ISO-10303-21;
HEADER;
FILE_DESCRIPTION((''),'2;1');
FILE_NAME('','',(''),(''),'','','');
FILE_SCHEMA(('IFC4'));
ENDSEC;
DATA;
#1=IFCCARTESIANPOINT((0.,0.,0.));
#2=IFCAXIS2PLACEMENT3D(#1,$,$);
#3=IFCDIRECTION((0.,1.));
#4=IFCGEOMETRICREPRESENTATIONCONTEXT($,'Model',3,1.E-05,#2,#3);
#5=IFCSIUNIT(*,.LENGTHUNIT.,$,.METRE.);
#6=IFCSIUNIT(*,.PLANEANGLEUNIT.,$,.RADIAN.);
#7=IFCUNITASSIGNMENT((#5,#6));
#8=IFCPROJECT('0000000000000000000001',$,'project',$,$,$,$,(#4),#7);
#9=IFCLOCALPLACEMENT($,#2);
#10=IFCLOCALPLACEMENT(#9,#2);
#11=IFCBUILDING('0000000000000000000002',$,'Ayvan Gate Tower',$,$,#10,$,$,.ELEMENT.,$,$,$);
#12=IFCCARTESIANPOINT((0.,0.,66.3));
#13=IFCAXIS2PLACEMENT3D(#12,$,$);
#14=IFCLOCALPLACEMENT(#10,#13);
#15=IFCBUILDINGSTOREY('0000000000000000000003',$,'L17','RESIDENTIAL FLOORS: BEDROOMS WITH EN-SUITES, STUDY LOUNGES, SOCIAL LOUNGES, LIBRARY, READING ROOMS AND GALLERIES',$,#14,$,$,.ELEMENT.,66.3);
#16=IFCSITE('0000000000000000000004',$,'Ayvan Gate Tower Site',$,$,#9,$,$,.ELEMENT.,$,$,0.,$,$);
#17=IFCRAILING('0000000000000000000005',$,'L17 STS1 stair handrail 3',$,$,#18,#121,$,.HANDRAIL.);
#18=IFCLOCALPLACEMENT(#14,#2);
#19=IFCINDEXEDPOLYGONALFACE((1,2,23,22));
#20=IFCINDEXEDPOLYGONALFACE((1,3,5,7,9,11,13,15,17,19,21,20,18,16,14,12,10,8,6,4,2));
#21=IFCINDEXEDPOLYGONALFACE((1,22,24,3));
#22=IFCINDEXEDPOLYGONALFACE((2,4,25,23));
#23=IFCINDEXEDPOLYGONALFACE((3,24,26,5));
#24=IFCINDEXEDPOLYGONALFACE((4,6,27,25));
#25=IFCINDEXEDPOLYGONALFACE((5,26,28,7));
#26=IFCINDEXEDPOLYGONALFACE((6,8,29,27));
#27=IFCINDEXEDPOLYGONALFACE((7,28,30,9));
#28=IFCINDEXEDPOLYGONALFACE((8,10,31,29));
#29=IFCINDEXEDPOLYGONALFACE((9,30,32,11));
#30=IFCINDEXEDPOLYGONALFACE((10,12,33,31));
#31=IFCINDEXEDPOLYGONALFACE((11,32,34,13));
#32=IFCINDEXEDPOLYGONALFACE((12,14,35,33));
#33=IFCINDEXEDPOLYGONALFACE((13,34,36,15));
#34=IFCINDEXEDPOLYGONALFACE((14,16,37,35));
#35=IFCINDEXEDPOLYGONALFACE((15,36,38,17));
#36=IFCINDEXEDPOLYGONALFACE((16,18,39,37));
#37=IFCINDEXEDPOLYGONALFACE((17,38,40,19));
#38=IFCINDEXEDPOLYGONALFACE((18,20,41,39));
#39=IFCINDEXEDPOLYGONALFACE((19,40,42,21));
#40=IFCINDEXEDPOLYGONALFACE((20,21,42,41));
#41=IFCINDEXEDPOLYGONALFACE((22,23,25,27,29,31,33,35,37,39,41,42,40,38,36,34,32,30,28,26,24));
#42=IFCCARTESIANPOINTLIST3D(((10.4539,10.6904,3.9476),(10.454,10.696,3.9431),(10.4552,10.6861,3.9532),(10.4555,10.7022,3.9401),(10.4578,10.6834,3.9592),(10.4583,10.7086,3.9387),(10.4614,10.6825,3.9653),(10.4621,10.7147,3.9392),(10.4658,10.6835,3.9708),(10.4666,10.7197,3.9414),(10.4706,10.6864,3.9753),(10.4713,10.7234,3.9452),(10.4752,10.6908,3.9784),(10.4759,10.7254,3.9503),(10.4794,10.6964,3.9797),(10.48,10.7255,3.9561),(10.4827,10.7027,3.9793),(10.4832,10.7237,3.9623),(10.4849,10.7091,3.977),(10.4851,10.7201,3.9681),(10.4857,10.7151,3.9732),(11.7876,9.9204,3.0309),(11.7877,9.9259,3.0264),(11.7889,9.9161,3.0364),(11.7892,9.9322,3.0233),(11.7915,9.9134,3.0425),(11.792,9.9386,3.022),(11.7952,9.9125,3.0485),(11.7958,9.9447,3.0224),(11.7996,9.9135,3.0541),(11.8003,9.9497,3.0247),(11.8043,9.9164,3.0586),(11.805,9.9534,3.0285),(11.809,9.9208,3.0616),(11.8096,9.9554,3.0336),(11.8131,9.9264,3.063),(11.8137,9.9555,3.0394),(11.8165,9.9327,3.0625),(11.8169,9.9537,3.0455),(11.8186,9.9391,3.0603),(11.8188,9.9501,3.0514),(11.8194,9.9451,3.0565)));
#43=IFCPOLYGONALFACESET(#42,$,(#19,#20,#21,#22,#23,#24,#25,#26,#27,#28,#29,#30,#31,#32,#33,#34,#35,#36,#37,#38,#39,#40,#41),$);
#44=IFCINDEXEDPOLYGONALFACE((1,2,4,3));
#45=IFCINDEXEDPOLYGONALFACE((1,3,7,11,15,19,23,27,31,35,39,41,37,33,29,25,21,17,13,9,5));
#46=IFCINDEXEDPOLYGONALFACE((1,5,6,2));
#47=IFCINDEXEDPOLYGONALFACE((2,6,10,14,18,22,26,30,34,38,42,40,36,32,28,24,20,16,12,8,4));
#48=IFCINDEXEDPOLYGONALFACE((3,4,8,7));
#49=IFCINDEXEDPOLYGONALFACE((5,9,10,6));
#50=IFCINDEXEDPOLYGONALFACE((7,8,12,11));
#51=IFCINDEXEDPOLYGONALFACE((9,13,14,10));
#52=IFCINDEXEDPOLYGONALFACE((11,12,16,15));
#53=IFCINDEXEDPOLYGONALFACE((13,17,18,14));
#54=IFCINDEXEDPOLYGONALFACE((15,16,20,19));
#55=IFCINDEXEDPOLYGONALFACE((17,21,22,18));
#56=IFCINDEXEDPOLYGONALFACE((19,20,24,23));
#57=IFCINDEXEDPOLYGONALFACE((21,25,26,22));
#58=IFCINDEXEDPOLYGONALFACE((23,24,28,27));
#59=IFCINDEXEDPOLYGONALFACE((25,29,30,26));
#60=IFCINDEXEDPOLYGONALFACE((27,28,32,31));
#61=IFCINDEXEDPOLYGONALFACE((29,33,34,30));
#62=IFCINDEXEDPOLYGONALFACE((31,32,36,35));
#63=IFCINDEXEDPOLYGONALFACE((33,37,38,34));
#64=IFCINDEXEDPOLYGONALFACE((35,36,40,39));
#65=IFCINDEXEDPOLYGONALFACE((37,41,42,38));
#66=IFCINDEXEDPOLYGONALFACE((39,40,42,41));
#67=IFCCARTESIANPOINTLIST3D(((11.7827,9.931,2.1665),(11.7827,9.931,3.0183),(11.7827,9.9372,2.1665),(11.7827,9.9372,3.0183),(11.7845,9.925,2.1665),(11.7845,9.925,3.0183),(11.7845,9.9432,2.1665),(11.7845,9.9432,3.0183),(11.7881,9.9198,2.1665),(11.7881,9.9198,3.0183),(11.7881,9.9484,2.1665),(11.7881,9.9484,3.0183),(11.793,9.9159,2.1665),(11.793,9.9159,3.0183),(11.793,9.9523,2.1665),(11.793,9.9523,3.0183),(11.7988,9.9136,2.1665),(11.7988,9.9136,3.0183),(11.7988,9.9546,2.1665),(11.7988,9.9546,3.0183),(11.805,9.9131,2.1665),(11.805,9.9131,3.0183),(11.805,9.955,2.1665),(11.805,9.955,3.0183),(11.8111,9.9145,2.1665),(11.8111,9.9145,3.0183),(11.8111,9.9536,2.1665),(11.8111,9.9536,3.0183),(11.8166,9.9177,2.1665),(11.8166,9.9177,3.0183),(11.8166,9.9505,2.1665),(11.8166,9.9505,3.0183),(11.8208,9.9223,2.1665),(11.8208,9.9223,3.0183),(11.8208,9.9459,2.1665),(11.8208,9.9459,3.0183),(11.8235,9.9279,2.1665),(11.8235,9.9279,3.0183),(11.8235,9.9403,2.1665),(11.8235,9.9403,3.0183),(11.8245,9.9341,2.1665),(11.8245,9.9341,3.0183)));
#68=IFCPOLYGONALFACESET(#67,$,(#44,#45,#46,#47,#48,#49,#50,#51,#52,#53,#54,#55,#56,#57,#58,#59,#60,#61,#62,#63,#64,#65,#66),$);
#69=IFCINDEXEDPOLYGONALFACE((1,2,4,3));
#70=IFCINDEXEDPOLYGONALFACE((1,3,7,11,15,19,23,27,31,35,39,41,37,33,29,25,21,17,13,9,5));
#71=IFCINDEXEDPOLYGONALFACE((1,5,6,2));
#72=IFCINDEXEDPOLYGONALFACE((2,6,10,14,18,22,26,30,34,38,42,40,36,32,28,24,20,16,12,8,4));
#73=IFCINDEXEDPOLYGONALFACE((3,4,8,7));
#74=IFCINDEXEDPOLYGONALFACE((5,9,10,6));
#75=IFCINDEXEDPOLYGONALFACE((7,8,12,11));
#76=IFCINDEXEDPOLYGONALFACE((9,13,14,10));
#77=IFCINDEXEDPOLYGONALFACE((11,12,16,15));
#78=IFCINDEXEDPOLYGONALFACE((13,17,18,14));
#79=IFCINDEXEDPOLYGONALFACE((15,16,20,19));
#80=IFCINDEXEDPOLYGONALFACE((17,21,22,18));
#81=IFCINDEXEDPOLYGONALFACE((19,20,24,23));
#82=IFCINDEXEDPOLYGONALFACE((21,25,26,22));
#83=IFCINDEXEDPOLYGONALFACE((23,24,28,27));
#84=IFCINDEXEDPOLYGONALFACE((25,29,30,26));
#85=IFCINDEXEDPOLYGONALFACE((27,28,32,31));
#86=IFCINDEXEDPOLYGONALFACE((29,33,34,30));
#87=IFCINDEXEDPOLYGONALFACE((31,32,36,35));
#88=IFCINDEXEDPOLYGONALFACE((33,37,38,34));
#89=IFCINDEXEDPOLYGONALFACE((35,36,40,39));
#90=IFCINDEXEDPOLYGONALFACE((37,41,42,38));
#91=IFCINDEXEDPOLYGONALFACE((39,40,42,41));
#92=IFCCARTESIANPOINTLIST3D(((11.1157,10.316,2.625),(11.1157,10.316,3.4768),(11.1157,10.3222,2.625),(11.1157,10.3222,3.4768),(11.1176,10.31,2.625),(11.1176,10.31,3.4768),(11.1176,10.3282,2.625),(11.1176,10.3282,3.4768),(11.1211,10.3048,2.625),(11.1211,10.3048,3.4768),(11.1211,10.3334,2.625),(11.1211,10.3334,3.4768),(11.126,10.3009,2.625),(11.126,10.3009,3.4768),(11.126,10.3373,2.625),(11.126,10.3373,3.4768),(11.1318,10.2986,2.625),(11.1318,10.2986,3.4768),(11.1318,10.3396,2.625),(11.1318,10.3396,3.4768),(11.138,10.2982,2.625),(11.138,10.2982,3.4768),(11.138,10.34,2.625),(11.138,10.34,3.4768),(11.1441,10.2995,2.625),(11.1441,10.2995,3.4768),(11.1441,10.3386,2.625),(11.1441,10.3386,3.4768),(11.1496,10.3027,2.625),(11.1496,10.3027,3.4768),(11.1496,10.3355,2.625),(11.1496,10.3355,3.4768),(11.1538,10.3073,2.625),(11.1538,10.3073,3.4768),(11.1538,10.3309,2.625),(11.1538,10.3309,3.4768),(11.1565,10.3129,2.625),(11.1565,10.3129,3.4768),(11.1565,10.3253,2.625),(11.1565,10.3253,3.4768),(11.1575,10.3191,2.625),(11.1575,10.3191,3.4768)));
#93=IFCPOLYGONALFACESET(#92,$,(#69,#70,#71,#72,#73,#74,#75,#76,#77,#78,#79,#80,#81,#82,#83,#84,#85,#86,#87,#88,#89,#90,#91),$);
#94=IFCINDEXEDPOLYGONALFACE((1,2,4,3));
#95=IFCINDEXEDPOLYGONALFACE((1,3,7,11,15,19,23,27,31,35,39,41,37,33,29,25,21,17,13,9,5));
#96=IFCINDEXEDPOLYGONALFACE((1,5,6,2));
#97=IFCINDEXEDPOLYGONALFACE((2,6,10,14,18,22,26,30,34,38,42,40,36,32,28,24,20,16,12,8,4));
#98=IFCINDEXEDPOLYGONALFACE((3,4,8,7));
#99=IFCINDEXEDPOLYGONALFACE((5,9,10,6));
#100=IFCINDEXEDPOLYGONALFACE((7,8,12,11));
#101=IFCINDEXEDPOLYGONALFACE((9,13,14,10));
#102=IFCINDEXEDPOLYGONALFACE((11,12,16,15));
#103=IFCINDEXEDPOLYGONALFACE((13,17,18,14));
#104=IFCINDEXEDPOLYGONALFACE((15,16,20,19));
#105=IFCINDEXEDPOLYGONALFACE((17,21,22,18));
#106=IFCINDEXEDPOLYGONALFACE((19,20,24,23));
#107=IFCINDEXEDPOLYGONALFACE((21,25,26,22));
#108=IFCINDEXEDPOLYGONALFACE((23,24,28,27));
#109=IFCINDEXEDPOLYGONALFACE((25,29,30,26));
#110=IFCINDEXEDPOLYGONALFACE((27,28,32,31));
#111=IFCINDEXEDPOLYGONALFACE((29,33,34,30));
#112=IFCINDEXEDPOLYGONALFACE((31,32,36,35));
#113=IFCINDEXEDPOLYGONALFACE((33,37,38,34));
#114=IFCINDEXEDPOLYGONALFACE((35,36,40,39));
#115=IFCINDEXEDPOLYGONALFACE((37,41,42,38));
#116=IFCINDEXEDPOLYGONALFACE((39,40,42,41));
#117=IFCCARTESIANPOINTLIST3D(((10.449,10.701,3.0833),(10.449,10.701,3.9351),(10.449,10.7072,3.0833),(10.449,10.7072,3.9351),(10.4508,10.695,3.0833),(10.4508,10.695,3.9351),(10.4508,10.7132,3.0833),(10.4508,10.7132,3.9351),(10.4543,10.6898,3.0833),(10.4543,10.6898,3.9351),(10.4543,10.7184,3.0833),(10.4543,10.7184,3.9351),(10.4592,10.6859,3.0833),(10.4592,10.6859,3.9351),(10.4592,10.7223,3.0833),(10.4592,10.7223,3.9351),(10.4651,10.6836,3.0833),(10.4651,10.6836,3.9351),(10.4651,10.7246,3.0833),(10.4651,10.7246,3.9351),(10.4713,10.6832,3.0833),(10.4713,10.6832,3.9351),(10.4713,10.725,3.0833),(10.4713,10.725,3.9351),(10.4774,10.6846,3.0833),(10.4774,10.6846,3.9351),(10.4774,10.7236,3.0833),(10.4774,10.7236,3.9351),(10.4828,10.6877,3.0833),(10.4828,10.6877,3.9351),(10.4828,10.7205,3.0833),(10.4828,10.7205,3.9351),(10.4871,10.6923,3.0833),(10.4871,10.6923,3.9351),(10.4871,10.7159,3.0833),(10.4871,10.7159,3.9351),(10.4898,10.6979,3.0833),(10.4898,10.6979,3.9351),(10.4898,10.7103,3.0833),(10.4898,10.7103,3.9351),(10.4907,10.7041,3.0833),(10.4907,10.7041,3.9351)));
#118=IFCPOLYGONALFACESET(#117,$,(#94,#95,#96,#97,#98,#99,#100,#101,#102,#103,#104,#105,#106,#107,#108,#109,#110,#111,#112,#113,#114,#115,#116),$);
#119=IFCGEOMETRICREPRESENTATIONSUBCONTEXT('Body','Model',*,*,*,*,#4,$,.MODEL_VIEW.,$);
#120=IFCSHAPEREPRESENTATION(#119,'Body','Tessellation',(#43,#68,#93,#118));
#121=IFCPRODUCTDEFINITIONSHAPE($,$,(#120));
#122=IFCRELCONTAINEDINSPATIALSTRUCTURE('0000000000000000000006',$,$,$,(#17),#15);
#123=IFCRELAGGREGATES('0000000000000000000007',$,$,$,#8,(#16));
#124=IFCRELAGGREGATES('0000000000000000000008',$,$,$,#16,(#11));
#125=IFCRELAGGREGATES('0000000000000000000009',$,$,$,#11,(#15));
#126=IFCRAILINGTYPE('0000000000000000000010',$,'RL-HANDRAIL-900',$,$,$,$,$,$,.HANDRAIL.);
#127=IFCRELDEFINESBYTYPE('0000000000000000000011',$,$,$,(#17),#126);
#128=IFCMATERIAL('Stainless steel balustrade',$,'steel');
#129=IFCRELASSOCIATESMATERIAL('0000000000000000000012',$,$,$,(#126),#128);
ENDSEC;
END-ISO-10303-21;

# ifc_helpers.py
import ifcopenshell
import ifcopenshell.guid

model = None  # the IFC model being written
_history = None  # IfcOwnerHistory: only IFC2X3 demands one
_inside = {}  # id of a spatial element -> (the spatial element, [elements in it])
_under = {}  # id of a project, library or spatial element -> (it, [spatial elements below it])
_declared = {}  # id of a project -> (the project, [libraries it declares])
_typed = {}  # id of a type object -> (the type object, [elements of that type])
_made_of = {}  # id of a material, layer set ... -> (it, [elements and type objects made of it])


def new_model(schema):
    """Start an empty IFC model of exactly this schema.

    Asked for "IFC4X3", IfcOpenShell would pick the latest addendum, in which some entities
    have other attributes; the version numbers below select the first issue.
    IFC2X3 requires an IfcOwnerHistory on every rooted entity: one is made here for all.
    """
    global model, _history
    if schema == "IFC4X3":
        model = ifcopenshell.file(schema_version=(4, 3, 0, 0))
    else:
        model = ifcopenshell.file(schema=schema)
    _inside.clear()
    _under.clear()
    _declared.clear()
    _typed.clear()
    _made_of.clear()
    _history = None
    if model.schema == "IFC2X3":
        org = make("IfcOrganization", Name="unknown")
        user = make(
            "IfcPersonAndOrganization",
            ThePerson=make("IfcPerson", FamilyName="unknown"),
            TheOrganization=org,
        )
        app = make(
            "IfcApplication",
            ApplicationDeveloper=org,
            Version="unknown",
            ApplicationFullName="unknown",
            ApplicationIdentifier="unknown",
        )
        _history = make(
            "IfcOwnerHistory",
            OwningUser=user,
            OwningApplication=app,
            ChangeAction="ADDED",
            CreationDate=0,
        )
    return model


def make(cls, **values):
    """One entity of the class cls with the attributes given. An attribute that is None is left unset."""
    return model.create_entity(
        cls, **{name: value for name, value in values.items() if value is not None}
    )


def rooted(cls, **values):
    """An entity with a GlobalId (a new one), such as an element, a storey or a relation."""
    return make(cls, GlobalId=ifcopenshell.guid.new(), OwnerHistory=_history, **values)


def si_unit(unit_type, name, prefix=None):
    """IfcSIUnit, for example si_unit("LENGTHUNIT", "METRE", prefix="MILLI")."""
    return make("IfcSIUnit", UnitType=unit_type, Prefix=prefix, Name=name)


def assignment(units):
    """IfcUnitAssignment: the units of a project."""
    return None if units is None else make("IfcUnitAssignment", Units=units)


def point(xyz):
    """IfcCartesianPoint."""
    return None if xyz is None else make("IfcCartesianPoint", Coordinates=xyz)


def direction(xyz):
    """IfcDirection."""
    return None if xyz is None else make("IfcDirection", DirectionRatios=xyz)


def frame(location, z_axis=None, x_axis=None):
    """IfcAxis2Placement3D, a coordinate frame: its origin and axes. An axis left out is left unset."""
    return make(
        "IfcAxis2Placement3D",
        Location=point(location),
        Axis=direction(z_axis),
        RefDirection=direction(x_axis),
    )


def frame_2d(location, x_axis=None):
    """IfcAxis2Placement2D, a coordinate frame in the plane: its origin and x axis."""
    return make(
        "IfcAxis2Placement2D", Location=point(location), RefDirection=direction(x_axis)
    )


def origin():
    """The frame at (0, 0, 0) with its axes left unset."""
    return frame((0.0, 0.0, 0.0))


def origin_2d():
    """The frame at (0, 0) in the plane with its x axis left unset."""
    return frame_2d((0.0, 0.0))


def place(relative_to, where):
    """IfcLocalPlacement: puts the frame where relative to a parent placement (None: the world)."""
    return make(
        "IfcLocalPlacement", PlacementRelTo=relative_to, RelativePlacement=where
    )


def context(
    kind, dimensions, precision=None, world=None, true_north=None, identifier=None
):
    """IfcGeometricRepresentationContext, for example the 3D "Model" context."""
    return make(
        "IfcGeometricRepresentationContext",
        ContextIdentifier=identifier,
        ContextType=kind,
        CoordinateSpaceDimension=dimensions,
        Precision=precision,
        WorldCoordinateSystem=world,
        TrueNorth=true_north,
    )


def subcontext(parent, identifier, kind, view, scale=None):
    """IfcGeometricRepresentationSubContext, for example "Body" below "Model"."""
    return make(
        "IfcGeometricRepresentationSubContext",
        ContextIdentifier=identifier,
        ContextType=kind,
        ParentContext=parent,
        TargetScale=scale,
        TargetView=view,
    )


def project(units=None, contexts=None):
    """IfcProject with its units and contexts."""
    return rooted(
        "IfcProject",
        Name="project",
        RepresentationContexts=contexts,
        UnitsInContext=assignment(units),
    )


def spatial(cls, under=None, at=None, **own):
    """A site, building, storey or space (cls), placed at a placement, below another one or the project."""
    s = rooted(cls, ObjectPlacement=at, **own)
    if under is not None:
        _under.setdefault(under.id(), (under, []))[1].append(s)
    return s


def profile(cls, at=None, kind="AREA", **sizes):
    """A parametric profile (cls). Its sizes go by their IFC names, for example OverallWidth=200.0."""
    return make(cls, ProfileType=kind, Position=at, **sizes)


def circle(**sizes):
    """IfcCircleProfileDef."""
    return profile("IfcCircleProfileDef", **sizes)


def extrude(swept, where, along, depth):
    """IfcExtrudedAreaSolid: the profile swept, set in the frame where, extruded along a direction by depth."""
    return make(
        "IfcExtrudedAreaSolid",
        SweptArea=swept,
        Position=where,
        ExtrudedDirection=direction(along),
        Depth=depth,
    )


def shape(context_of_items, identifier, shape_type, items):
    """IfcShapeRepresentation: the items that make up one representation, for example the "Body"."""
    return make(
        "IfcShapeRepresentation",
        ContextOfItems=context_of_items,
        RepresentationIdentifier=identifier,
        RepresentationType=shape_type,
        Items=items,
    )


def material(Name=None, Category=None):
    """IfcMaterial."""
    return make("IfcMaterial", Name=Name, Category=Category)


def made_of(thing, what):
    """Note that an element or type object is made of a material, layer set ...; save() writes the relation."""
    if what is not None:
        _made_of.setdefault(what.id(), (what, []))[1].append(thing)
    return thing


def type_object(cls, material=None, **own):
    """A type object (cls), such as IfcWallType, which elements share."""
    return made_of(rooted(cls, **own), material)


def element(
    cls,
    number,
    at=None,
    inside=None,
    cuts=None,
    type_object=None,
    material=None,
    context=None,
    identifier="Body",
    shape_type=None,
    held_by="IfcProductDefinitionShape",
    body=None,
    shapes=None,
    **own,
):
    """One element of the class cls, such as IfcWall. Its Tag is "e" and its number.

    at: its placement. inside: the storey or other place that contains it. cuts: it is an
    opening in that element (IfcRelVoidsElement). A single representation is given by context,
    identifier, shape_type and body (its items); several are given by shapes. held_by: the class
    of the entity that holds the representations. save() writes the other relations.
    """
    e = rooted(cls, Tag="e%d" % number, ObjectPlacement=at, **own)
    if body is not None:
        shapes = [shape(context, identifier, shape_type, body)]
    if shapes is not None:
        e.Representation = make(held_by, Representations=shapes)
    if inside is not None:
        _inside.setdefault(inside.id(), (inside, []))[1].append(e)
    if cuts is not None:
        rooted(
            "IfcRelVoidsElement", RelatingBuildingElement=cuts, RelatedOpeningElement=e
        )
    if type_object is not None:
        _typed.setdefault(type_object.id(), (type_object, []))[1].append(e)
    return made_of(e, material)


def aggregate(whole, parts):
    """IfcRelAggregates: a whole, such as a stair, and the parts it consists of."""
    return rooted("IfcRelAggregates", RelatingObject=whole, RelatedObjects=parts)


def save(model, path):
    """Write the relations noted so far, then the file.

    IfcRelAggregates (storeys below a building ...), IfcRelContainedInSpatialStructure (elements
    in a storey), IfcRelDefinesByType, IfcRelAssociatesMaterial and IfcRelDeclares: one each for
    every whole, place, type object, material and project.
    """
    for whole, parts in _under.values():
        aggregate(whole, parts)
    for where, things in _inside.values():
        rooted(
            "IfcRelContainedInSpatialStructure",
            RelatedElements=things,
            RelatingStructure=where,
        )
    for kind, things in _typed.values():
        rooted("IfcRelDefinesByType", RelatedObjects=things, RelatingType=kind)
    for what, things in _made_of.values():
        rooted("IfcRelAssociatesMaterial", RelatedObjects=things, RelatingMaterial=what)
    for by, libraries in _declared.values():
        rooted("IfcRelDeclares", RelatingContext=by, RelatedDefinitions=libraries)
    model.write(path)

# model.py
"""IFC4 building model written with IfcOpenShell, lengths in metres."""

from ifc_helpers import new_model, si_unit, direction, frame, origin, origin_2d, place, context, subcontext, project, spatial, circle, extrude, material, type_object, element, save


model = new_model("IFC4")

# Units and contexts
model_context = context("Model", 3, precision=1e-05, world=origin(), true_north=direction((0.0, 1.0)))
body_context = subcontext(model_context, "Body", "Model", "MODEL_VIEW")
ifc_project = project(units=[si_unit("LENGTHUNIT", "METRE"), si_unit("PLANEANGLEUNIT", "RADIAN")], contexts=[model_context])

# Site, building, storey
site_placement = place(None, origin())
site = spatial("IfcSite", under=ifc_project, at=site_placement, Name="Ayvan Gate Tower Site", CompositionType="ELEMENT", RefElevation=0.0)
building_placement = place(site_placement, origin())
building = spatial("IfcBuilding", under=site, at=building_placement, Name="Ayvan Gate Tower", CompositionType="ELEMENT")
storey_placement = place(building_placement, frame((0.0, 0.0, 66.3)))
storey = spatial("IfcBuildingStorey", under=building, at=storey_placement, Name="L17", Description="RESIDENTIAL FLOORS: BEDROOMS WITH EN-SUITES, STUDY LOUNGES, SOCIAL LOUNGES, LIBRARY, READING ROOMS AND GALLERIES", CompositionType="ELEMENT", Elevation=66.3)

# Railing
ifc_material_1 = material(Name="Stainless steel balustrade", Category="steel")
railing_type_1 = type_object("IfcRailingType", Name="RL-HANDRAIL-900", PredefinedType="HANDRAIL", material=ifc_material_1)
railing_1_placement = place(storey_placement, frame((11.8035, 9.9341, 2.1665)))
element("IfcRailing", 1, at=railing_1_placement, inside=storey, type_object=railing_type_1, Name="L17 STS1 stair handrail 3", PredefinedType="HANDRAIL", context=body_context, shape_type="SweptSolid", body=[
    extrude(circle(Radius=0.0239, at=origin_2d()), frame((0.0, 0.0, 0.876), z_axis=(-0.744164, 0.429634, 0.511502), x_axis=(-0.499992, -0.86603, 0.0)), (0.0, 0.0, 1.0), 1.7922),
    extrude(circle(Radius=0.021, at=origin_2d()), origin(), (0.0, 0.0, 1.0), 0.8518),
    extrude(circle(Radius=0.021, at=origin_2d()), frame((-0.667, 0.385, 0.4585)), (0.0, 0.0, 1.0), 0.8518),
    extrude(circle(Radius=0.021, at=origin_2d()), frame((-1.3337, 0.77, 0.9167)), (0.0, 0.0, 1.0), 0.8518),
])

save(model, "model.ifc")
